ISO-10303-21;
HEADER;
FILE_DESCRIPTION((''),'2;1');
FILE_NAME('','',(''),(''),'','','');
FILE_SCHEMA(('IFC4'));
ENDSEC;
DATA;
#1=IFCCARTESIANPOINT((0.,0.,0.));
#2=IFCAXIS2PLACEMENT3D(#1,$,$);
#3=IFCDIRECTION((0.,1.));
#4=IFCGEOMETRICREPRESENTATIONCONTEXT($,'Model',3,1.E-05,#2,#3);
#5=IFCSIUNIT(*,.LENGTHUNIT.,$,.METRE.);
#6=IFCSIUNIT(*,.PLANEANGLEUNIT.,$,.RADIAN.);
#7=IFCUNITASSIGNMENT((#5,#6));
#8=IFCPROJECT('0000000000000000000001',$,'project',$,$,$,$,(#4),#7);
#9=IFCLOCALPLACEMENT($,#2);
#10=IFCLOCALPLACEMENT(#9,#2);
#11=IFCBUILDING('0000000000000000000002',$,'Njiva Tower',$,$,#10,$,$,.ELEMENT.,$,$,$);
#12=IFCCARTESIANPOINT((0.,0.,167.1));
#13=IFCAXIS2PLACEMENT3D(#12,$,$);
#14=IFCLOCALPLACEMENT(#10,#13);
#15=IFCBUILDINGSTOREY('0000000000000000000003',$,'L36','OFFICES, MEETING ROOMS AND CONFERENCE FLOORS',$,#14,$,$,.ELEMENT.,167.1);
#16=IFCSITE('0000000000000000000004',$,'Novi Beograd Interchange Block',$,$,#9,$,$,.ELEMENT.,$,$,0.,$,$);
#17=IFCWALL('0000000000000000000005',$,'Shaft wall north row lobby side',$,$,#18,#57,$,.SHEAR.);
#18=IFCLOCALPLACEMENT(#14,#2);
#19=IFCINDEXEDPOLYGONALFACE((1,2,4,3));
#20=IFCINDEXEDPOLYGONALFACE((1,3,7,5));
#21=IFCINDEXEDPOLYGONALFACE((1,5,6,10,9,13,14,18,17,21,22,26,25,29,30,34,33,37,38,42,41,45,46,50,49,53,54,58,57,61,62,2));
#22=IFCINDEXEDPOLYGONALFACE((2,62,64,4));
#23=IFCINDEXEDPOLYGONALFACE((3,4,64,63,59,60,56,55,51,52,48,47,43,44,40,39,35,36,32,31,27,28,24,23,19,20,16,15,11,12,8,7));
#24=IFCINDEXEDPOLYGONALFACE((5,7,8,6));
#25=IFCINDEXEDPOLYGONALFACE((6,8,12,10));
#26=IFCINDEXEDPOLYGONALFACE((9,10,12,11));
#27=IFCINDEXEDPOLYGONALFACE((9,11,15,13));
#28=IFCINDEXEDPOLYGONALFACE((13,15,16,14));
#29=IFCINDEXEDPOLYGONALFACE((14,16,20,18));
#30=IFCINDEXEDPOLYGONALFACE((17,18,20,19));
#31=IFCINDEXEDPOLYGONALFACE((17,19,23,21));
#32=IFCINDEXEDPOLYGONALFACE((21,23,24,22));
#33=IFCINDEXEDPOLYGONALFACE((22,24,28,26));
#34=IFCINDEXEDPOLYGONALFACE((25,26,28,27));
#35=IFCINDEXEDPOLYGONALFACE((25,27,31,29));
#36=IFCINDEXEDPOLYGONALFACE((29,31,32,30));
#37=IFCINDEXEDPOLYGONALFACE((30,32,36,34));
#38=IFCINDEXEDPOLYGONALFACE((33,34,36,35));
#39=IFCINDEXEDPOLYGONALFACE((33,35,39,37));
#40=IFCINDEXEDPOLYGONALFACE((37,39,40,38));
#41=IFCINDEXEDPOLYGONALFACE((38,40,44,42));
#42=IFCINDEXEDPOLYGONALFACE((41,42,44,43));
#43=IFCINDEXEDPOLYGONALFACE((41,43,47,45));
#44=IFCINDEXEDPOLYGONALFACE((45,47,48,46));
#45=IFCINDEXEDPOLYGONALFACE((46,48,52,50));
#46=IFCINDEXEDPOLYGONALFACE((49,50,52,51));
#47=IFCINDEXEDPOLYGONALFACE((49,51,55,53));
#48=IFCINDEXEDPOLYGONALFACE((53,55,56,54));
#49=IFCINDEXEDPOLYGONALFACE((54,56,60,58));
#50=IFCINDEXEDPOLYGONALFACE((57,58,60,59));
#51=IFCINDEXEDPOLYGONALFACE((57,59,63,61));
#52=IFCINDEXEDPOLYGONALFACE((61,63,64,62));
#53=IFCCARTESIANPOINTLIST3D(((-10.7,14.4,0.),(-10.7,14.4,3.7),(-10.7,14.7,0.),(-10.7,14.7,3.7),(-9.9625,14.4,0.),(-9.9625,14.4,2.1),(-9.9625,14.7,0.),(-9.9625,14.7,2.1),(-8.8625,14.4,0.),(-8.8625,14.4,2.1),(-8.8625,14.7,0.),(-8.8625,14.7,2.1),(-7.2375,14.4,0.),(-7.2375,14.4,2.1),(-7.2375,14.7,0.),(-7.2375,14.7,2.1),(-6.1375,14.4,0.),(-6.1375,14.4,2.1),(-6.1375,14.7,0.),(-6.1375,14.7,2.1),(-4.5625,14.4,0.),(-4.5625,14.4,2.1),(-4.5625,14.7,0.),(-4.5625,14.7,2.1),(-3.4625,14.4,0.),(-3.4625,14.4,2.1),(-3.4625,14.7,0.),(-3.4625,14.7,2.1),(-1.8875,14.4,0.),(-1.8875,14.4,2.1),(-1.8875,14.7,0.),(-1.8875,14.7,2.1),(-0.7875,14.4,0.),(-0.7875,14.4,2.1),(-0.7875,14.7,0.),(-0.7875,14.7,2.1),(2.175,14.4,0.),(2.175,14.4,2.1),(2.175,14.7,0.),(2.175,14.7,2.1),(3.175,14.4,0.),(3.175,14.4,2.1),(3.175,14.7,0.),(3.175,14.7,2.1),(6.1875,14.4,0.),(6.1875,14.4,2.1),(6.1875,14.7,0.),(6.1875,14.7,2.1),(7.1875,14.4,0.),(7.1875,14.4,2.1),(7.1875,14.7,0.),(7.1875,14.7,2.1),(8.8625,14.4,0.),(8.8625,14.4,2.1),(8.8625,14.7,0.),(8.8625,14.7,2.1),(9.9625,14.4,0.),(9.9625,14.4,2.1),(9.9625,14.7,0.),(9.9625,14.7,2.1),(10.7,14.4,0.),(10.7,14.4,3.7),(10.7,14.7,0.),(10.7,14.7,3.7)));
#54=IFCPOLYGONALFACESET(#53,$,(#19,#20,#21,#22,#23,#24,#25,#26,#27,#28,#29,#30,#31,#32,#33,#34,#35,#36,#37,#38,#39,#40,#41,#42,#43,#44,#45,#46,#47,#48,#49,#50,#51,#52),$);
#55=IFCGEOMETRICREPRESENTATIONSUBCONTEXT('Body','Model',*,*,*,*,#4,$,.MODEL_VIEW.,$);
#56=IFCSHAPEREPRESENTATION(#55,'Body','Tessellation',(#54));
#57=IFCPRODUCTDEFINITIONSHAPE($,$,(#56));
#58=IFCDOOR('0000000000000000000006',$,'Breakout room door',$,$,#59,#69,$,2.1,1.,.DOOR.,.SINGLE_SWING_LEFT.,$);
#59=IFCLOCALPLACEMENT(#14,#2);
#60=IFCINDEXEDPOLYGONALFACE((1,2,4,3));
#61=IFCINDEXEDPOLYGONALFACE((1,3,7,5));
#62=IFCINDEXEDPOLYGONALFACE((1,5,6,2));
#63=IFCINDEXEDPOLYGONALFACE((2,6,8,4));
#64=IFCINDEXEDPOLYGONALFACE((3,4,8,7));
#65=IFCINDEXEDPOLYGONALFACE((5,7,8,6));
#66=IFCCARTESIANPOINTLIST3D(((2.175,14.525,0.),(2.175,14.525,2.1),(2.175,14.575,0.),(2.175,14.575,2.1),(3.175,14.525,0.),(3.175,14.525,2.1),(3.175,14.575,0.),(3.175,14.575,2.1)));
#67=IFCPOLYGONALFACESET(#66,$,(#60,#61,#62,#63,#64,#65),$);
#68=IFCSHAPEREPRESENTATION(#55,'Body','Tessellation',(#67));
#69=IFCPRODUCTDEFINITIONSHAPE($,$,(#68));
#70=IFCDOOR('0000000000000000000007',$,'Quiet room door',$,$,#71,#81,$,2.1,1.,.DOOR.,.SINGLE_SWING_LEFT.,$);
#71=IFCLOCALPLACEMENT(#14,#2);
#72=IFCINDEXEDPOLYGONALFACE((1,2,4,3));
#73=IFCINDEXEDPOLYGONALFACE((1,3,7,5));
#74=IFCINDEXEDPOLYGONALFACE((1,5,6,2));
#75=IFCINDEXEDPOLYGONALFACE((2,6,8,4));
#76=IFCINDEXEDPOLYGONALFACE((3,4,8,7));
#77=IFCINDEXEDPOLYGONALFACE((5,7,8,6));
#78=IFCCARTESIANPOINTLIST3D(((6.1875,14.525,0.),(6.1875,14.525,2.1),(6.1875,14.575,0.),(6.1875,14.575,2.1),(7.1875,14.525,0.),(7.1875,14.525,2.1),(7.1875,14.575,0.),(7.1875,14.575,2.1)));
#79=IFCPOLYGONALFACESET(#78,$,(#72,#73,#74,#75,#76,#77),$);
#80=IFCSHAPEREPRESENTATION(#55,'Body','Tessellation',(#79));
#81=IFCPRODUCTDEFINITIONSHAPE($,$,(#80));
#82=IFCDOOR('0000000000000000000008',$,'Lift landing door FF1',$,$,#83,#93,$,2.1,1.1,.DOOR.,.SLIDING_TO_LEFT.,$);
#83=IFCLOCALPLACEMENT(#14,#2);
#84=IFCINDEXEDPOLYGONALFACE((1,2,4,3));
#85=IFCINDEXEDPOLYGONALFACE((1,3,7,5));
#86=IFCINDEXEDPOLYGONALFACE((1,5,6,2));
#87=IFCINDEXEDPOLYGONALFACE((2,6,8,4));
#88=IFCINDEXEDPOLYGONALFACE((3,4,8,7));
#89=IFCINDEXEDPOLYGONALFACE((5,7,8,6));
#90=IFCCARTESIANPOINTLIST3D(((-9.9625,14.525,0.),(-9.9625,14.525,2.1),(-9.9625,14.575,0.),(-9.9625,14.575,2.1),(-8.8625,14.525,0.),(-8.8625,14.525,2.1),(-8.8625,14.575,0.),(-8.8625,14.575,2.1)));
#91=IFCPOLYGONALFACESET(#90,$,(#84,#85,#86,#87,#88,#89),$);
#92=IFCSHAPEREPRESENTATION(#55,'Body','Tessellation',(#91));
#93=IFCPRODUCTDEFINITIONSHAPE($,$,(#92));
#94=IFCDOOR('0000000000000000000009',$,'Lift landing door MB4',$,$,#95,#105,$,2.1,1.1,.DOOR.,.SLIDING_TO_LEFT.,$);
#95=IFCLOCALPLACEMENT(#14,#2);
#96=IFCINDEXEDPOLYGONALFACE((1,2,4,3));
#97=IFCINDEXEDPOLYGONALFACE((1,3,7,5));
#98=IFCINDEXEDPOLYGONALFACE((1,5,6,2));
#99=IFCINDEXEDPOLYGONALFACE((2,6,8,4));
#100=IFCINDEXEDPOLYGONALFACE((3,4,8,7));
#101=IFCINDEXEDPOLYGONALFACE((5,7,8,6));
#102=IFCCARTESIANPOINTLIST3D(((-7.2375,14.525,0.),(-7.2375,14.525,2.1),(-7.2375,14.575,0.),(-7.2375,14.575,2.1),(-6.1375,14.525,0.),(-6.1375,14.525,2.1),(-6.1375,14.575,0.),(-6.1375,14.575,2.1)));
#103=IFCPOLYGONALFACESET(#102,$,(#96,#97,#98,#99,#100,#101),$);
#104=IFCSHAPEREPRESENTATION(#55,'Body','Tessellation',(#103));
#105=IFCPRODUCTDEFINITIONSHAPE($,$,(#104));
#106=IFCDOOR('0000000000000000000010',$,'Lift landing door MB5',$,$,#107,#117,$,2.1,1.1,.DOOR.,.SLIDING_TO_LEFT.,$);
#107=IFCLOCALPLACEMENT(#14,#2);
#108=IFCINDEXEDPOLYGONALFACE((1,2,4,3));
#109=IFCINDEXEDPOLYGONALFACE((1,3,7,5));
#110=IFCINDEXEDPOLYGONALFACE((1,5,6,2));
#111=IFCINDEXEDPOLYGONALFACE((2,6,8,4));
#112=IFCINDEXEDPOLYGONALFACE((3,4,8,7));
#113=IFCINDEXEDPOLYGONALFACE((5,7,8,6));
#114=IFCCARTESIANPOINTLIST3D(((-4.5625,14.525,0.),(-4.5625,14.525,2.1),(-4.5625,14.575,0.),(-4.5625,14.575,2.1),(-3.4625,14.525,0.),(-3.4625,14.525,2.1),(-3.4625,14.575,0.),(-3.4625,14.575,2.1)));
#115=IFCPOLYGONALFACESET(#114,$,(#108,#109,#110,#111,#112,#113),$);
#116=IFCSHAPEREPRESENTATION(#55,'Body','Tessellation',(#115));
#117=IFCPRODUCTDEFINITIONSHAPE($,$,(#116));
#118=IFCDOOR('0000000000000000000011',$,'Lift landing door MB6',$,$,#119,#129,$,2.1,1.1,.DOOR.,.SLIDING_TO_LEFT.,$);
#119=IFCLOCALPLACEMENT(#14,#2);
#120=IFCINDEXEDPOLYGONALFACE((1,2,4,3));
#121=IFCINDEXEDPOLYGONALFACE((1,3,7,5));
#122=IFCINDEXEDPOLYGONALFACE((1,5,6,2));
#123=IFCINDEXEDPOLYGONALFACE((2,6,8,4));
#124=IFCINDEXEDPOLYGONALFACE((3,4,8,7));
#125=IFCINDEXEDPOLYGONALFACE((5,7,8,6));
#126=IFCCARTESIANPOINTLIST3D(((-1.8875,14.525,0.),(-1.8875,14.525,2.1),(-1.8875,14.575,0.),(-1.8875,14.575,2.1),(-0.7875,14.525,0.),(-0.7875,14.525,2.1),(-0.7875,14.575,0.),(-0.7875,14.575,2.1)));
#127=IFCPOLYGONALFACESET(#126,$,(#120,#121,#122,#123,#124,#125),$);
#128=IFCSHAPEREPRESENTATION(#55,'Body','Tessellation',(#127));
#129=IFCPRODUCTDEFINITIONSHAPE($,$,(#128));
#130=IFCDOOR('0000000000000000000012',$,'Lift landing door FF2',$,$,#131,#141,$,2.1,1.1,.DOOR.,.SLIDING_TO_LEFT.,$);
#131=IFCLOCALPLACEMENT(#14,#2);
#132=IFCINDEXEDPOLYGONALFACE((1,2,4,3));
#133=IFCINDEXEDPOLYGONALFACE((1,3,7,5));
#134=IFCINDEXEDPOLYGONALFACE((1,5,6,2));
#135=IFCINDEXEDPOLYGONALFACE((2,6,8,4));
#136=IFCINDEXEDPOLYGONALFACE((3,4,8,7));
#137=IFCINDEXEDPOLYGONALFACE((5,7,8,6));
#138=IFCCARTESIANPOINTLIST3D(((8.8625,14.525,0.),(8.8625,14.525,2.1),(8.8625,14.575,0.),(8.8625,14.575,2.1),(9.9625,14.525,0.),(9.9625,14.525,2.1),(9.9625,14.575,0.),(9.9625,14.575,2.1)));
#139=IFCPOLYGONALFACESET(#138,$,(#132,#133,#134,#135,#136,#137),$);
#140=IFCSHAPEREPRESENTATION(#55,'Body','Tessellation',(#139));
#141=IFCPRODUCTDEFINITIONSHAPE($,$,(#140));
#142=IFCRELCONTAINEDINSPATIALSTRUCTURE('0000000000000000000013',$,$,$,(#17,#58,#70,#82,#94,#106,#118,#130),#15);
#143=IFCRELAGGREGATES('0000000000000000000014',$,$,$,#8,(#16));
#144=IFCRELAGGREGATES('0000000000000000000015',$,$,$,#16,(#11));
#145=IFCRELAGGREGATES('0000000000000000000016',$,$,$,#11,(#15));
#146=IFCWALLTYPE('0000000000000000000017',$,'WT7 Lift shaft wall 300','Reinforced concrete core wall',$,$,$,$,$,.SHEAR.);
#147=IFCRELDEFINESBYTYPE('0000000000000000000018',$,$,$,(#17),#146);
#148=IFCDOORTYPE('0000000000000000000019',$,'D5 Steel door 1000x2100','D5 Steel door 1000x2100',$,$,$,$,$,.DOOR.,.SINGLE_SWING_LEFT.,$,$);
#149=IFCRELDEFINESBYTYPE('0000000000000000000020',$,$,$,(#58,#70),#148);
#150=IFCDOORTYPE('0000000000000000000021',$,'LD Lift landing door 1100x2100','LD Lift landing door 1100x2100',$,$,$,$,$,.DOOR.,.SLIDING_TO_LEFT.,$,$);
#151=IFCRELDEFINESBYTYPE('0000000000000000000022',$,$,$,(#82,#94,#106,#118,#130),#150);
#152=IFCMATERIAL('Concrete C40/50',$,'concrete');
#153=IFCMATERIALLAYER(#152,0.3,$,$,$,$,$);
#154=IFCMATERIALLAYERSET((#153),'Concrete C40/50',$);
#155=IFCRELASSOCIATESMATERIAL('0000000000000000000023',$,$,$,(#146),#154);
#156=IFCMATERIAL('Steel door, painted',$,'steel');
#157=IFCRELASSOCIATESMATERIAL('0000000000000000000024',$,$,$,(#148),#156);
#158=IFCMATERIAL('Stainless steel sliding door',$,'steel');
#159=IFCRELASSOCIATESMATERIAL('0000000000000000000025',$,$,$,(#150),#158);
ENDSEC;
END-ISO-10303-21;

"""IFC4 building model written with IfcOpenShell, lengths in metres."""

from ifc_helpers import new_model, si_unit, direction, frame, frame_2d, origin, place, context, subcontext, project, spatial, rectangle, extrude, material, layer, layer_set, type_object, element, fill, save


model = new_model("IFC4")

# Units and contexts
model_context = context("Model", 3, precision=1e-05, world=origin(), true_north=direction((0.0, 1.0)))
body_context = subcontext(model_context, "Body", "Model", "MODEL_VIEW")
ifc_project = project(units=[si_unit("LENGTHUNIT", "METRE"), si_unit("PLANEANGLEUNIT", "RADIAN")], contexts=[model_context])

# Site, building, storey
site_placement = place(None, origin())
site = spatial("IfcSite", under=ifc_project, at=site_placement, Name="Novi Beograd Interchange Block", CompositionType="ELEMENT", RefElevation=0.0)
building_placement = place(site_placement, origin())
building = spatial("IfcBuilding", under=site, at=building_placement, Name="Njiva Tower", CompositionType="ELEMENT")
storey_placement = place(building_placement, frame((0.0, 0.0, 167.1)))
storey = spatial("IfcBuildingStorey", under=building, at=storey_placement, Name="L36", Description="OFFICES, MEETING ROOMS AND CONFERENCE FLOORS", CompositionType="ELEMENT", Elevation=167.1)

# Shared definitions
ifc_material_1 = material(Name="Concrete C40/50", Category="concrete")

# Wall, openings, doors
ifc_layer_1 = layer(ifc_material_1, 0.3)
ifc_layer_set_1 = layer_set([ifc_layer_1], Name="Concrete C40/50")
wall_type_1 = type_object("IfcWallType", Name="WT7 Lift shaft wall 300", Description="Reinforced concrete core wall", PredefinedType="SHEAR", material=ifc_layer_set_1)
wall_1_placement = place(storey_placement, frame((-10.7, 14.55, 0.0), z_axis=(0.0, 0.0, 1.0), x_axis=(1.0, 0.0, 0.0)))
wall_1 = element("IfcWall", 1, at=wall_1_placement, inside=storey, type_object=wall_type_1, Name="Shaft wall north row lobby side", PredefinedType="SHEAR", context=body_context, shape_type="SweptSolid", body=[
    extrude(rectangle(XDim=21.4, YDim=0.3, at=frame_2d((10.7, 0.0))), origin(), (0.0, 0.0, 1.0), 3.7),
])
opening_1_placement = place(wall_1_placement, frame((0.7375, 0.0, 0.0)))
opening_1 = element("IfcOpeningElement", 2, at=opening_1_placement, cuts=wall_1, PredefinedType="OPENING", context=body_context, shape_type="SweptSolid", body=[
    extrude(rectangle(XDim=1.1, YDim=2.1, at=frame_2d((0.55, 1.05))), frame((0.0, 0.16, 0.0), z_axis=(0.0, -1.0, 0.0), x_axis=(1.0, 0.0, 0.0)), (0.0, 0.0, 1.0), 0.32),
])
opening_2_placement = place(wall_1_placement, frame((3.4625, 0.0, 0.0)))
opening_2 = element("IfcOpeningElement", 3, at=opening_2_placement, cuts=wall_1, PredefinedType="OPENING", context=body_context, shape_type="SweptSolid", body=[
    extrude(rectangle(XDim=1.1, YDim=2.1, at=frame_2d((0.55, 1.05))), frame((0.0, 0.16, 0.0), z_axis=(0.0, -1.0, 0.0), x_axis=(1.0, 0.0, 0.0)), (0.0, 0.0, 1.0), 0.32),
])
opening_3_placement = place(wall_1_placement, frame((6.1375, 0.0, 0.0)))
opening_3 = element("IfcOpeningElement", 4, at=opening_3_placement, cuts=wall_1, PredefinedType="OPENING", context=body_context, shape_type="SweptSolid", body=[
    extrude(rectangle(XDim=1.1, YDim=2.1, at=frame_2d((0.55, 1.05))), frame((0.0, 0.16, 0.0), z_axis=(0.0, -1.0, 0.0), x_axis=(1.0, 0.0, 0.0)), (0.0, 0.0, 1.0), 0.32),
])
opening_4_placement = place(wall_1_placement, frame((8.8125, 0.0, 0.0)))
opening_4 = element("IfcOpeningElement", 5, at=opening_4_placement, cuts=wall_1, PredefinedType="OPENING", context=body_context, shape_type="SweptSolid", body=[
    extrude(rectangle(XDim=1.1, YDim=2.1, at=frame_2d((0.55, 1.05))), frame((0.0, 0.16, 0.0), z_axis=(0.0, -1.0, 0.0), x_axis=(1.0, 0.0, 0.0)), (0.0, 0.0, 1.0), 0.32),
])
opening_5_placement = place(wall_1_placement, frame((19.5625, 0.0, 0.0)))
opening_5 = element("IfcOpeningElement", 6, at=opening_5_placement, cuts=wall_1, PredefinedType="OPENING", context=body_context, shape_type="SweptSolid", body=[
    extrude(rectangle(XDim=1.1, YDim=2.1, at=frame_2d((0.55, 1.05))), frame((0.0, 0.16, 0.0), z_axis=(0.0, -1.0, 0.0), x_axis=(1.0, 0.0, 0.0)), (0.0, 0.0, 1.0), 0.32),
])
opening_6_placement = place(wall_1_placement, frame((12.875, 0.0, 0.0)))
opening_6 = element("IfcOpeningElement", 7, at=opening_6_placement, cuts=wall_1, PredefinedType="OPENING", context=body_context, shape_type="SweptSolid", body=[
    extrude(rectangle(XDim=1.0, YDim=2.1, at=frame_2d((0.5, 1.05))), frame((0.0, 0.16, 0.0), z_axis=(0.0, -1.0, 0.0), x_axis=(1.0, 0.0, 0.0)), (0.0, 0.0, 1.0), 0.32),
])
opening_7_placement = place(wall_1_placement, frame((16.8875, 0.0, 0.0)))
opening_7 = element("IfcOpeningElement", 8, at=opening_7_placement, cuts=wall_1, PredefinedType="OPENING", context=body_context, shape_type="SweptSolid", body=[
    extrude(rectangle(XDim=1.0, YDim=2.1, at=frame_2d((0.5, 1.05))), frame((0.0, 0.16, 0.0), z_axis=(0.0, -1.0, 0.0), x_axis=(1.0, 0.0, 0.0)), (0.0, 0.0, 1.0), 0.32),
])
ifc_material_2 = material(Name="Steel door, painted", Category="steel")
door_type_1 = type_object("IfcDoorType", Name="D5 Steel door 1000x2100", Description="D5 Steel door 1000x2100", OperationType="SINGLE_SWING_LEFT", PredefinedType="DOOR", material=ifc_material_2)
door_1_placement = place(opening_6_placement, origin())
door_1 = element("IfcDoor", 9, at=door_1_placement, inside=storey, type_object=door_type_1, Name="Breakout room door", OperationType="SINGLE_SWING_LEFT", OverallHeight=2.1, OverallWidth=1.0, PredefinedType="DOOR", context=body_context, shape_type="SweptSolid", body=[
    extrude(rectangle(XDim=1.0, YDim=2.1, at=frame_2d((0.5, 1.05))), frame((0.0, 0.025, 0.0), z_axis=(0.0, -1.0, 0.0), x_axis=(1.0, 0.0, 0.0)), (0.0, 0.0, 1.0), 0.05),
])
fill(opening_6, door_1)
door_2_placement = place(opening_7_placement, origin())
door_2 = element("IfcDoor", 10, at=door_2_placement, inside=storey, type_object=door_type_1, Name="Quiet room door", OperationType="SINGLE_SWING_LEFT", OverallHeight=2.1, OverallWidth=1.0, PredefinedType="DOOR", context=body_context, shape_type="SweptSolid", body=[
    extrude(rectangle(XDim=1.0, YDim=2.1, at=frame_2d((0.5, 1.05))), frame((0.0, 0.025, 0.0), z_axis=(0.0, -1.0, 0.0), x_axis=(1.0, 0.0, 0.0)), (0.0, 0.0, 1.0), 0.05),
])
fill(opening_7, door_2)
ifc_material_3 = material(Name="Stainless steel sliding door", Category="steel")
door_type_2 = type_object("IfcDoorType", Name="LD Lift landing door 1100x2100", Description="LD Lift landing door 1100x2100", OperationType="SLIDING_TO_LEFT", PredefinedType="DOOR", material=ifc_material_3)
door_3_placement = place(opening_1_placement, origin())
door_3 = element("IfcDoor", 11, at=door_3_placement, inside=storey, type_object=door_type_2, Name="Lift landing door FF1", OperationType="SLIDING_TO_LEFT", OverallHeight=2.1, OverallWidth=1.1, PredefinedType="DOOR", context=body_context, shape_type="SweptSolid", body=[
    extrude(rectangle(XDim=1.1, YDim=2.1, at=frame_2d((0.55, 1.05))), frame((0.0, 0.025, 0.0), z_axis=(0.0, -1.0, 0.0), x_axis=(1.0, 0.0, 0.0)), (0.0, 0.0, 1.0), 0.05),
])
fill(opening_1, door_3)
door_4_placement = place(opening_2_placement, origin())
door_4 = element("IfcDoor", 12, at=door_4_placement, inside=storey, type_object=door_type_2, Name="Lift landing door MB4", OperationType="SLIDING_TO_LEFT", OverallHeight=2.1, OverallWidth=1.1, PredefinedType="DOOR", context=body_context, shape_type="SweptSolid", body=[
    extrude(rectangle(XDim=1.1, YDim=2.1, at=frame_2d((0.55, 1.05))), frame((0.0, 0.025, 0.0), z_axis=(0.0, -1.0, 0.0), x_axis=(1.0, 0.0, 0.0)), (0.0, 0.0, 1.0), 0.05),
])
fill(opening_2, door_4)
door_5_placement = place(opening_3_placement, origin())
door_5 = element("IfcDoor", 13, at=door_5_placement, inside=storey, type_object=door_type_2, Name="Lift landing door MB5", OperationType="SLIDING_TO_LEFT", OverallHeight=2.1, OverallWidth=1.1, PredefinedType="DOOR", context=body_context, shape_type="SweptSolid", body=[
    extrude(rectangle(XDim=1.1, YDim=2.1, at=frame_2d((0.55, 1.05))), frame((0.0, 0.025, 0.0), z_axis=(0.0, -1.0, 0.0), x_axis=(1.0, 0.0, 0.0)), (0.0, 0.0, 1.0), 0.05),
])
fill(opening_3, door_5)
door_6_placement = place(opening_4_placement, origin())
door_6 = element("IfcDoor", 14, at=door_6_placement, inside=storey, type_object=door_type_2, Name="Lift landing door MB6", OperationType="SLIDING_TO_LEFT", OverallHeight=2.1, OverallWidth=1.1, PredefinedType="DOOR", context=body_context, shape_type="SweptSolid", body=[
    extrude(rectangle(XDim=1.1, YDim=2.1, at=frame_2d((0.55, 1.05))), frame((0.0, 0.025, 0.0), z_axis=(0.0, -1.0, 0.0), x_axis=(1.0, 0.0, 0.0)), (0.0, 0.0, 1.0), 0.05),
])
fill(opening_4, door_6)
door_7_placement = place(opening_5_placement, origin())
door_7 = element("IfcDoor", 15, at=door_7_placement, inside=storey, type_object=door_type_2, Name="Lift landing door FF2", OperationType="SLIDING_TO_LEFT", OverallHeight=2.1, OverallWidth=1.1, PredefinedType="DOOR", context=body_context, shape_type="SweptSolid", body=[
    extrude(rectangle(XDim=1.1, YDim=2.1, at=frame_2d((0.55, 1.05))), frame((0.0, 0.025, 0.0), z_axis=(0.0, -1.0, 0.0), x_axis=(1.0, 0.0, 0.0)), (0.0, 0.0, 1.0), 0.05),
])
fill(opening_5, door_7)

save(model, "model.ifc")
